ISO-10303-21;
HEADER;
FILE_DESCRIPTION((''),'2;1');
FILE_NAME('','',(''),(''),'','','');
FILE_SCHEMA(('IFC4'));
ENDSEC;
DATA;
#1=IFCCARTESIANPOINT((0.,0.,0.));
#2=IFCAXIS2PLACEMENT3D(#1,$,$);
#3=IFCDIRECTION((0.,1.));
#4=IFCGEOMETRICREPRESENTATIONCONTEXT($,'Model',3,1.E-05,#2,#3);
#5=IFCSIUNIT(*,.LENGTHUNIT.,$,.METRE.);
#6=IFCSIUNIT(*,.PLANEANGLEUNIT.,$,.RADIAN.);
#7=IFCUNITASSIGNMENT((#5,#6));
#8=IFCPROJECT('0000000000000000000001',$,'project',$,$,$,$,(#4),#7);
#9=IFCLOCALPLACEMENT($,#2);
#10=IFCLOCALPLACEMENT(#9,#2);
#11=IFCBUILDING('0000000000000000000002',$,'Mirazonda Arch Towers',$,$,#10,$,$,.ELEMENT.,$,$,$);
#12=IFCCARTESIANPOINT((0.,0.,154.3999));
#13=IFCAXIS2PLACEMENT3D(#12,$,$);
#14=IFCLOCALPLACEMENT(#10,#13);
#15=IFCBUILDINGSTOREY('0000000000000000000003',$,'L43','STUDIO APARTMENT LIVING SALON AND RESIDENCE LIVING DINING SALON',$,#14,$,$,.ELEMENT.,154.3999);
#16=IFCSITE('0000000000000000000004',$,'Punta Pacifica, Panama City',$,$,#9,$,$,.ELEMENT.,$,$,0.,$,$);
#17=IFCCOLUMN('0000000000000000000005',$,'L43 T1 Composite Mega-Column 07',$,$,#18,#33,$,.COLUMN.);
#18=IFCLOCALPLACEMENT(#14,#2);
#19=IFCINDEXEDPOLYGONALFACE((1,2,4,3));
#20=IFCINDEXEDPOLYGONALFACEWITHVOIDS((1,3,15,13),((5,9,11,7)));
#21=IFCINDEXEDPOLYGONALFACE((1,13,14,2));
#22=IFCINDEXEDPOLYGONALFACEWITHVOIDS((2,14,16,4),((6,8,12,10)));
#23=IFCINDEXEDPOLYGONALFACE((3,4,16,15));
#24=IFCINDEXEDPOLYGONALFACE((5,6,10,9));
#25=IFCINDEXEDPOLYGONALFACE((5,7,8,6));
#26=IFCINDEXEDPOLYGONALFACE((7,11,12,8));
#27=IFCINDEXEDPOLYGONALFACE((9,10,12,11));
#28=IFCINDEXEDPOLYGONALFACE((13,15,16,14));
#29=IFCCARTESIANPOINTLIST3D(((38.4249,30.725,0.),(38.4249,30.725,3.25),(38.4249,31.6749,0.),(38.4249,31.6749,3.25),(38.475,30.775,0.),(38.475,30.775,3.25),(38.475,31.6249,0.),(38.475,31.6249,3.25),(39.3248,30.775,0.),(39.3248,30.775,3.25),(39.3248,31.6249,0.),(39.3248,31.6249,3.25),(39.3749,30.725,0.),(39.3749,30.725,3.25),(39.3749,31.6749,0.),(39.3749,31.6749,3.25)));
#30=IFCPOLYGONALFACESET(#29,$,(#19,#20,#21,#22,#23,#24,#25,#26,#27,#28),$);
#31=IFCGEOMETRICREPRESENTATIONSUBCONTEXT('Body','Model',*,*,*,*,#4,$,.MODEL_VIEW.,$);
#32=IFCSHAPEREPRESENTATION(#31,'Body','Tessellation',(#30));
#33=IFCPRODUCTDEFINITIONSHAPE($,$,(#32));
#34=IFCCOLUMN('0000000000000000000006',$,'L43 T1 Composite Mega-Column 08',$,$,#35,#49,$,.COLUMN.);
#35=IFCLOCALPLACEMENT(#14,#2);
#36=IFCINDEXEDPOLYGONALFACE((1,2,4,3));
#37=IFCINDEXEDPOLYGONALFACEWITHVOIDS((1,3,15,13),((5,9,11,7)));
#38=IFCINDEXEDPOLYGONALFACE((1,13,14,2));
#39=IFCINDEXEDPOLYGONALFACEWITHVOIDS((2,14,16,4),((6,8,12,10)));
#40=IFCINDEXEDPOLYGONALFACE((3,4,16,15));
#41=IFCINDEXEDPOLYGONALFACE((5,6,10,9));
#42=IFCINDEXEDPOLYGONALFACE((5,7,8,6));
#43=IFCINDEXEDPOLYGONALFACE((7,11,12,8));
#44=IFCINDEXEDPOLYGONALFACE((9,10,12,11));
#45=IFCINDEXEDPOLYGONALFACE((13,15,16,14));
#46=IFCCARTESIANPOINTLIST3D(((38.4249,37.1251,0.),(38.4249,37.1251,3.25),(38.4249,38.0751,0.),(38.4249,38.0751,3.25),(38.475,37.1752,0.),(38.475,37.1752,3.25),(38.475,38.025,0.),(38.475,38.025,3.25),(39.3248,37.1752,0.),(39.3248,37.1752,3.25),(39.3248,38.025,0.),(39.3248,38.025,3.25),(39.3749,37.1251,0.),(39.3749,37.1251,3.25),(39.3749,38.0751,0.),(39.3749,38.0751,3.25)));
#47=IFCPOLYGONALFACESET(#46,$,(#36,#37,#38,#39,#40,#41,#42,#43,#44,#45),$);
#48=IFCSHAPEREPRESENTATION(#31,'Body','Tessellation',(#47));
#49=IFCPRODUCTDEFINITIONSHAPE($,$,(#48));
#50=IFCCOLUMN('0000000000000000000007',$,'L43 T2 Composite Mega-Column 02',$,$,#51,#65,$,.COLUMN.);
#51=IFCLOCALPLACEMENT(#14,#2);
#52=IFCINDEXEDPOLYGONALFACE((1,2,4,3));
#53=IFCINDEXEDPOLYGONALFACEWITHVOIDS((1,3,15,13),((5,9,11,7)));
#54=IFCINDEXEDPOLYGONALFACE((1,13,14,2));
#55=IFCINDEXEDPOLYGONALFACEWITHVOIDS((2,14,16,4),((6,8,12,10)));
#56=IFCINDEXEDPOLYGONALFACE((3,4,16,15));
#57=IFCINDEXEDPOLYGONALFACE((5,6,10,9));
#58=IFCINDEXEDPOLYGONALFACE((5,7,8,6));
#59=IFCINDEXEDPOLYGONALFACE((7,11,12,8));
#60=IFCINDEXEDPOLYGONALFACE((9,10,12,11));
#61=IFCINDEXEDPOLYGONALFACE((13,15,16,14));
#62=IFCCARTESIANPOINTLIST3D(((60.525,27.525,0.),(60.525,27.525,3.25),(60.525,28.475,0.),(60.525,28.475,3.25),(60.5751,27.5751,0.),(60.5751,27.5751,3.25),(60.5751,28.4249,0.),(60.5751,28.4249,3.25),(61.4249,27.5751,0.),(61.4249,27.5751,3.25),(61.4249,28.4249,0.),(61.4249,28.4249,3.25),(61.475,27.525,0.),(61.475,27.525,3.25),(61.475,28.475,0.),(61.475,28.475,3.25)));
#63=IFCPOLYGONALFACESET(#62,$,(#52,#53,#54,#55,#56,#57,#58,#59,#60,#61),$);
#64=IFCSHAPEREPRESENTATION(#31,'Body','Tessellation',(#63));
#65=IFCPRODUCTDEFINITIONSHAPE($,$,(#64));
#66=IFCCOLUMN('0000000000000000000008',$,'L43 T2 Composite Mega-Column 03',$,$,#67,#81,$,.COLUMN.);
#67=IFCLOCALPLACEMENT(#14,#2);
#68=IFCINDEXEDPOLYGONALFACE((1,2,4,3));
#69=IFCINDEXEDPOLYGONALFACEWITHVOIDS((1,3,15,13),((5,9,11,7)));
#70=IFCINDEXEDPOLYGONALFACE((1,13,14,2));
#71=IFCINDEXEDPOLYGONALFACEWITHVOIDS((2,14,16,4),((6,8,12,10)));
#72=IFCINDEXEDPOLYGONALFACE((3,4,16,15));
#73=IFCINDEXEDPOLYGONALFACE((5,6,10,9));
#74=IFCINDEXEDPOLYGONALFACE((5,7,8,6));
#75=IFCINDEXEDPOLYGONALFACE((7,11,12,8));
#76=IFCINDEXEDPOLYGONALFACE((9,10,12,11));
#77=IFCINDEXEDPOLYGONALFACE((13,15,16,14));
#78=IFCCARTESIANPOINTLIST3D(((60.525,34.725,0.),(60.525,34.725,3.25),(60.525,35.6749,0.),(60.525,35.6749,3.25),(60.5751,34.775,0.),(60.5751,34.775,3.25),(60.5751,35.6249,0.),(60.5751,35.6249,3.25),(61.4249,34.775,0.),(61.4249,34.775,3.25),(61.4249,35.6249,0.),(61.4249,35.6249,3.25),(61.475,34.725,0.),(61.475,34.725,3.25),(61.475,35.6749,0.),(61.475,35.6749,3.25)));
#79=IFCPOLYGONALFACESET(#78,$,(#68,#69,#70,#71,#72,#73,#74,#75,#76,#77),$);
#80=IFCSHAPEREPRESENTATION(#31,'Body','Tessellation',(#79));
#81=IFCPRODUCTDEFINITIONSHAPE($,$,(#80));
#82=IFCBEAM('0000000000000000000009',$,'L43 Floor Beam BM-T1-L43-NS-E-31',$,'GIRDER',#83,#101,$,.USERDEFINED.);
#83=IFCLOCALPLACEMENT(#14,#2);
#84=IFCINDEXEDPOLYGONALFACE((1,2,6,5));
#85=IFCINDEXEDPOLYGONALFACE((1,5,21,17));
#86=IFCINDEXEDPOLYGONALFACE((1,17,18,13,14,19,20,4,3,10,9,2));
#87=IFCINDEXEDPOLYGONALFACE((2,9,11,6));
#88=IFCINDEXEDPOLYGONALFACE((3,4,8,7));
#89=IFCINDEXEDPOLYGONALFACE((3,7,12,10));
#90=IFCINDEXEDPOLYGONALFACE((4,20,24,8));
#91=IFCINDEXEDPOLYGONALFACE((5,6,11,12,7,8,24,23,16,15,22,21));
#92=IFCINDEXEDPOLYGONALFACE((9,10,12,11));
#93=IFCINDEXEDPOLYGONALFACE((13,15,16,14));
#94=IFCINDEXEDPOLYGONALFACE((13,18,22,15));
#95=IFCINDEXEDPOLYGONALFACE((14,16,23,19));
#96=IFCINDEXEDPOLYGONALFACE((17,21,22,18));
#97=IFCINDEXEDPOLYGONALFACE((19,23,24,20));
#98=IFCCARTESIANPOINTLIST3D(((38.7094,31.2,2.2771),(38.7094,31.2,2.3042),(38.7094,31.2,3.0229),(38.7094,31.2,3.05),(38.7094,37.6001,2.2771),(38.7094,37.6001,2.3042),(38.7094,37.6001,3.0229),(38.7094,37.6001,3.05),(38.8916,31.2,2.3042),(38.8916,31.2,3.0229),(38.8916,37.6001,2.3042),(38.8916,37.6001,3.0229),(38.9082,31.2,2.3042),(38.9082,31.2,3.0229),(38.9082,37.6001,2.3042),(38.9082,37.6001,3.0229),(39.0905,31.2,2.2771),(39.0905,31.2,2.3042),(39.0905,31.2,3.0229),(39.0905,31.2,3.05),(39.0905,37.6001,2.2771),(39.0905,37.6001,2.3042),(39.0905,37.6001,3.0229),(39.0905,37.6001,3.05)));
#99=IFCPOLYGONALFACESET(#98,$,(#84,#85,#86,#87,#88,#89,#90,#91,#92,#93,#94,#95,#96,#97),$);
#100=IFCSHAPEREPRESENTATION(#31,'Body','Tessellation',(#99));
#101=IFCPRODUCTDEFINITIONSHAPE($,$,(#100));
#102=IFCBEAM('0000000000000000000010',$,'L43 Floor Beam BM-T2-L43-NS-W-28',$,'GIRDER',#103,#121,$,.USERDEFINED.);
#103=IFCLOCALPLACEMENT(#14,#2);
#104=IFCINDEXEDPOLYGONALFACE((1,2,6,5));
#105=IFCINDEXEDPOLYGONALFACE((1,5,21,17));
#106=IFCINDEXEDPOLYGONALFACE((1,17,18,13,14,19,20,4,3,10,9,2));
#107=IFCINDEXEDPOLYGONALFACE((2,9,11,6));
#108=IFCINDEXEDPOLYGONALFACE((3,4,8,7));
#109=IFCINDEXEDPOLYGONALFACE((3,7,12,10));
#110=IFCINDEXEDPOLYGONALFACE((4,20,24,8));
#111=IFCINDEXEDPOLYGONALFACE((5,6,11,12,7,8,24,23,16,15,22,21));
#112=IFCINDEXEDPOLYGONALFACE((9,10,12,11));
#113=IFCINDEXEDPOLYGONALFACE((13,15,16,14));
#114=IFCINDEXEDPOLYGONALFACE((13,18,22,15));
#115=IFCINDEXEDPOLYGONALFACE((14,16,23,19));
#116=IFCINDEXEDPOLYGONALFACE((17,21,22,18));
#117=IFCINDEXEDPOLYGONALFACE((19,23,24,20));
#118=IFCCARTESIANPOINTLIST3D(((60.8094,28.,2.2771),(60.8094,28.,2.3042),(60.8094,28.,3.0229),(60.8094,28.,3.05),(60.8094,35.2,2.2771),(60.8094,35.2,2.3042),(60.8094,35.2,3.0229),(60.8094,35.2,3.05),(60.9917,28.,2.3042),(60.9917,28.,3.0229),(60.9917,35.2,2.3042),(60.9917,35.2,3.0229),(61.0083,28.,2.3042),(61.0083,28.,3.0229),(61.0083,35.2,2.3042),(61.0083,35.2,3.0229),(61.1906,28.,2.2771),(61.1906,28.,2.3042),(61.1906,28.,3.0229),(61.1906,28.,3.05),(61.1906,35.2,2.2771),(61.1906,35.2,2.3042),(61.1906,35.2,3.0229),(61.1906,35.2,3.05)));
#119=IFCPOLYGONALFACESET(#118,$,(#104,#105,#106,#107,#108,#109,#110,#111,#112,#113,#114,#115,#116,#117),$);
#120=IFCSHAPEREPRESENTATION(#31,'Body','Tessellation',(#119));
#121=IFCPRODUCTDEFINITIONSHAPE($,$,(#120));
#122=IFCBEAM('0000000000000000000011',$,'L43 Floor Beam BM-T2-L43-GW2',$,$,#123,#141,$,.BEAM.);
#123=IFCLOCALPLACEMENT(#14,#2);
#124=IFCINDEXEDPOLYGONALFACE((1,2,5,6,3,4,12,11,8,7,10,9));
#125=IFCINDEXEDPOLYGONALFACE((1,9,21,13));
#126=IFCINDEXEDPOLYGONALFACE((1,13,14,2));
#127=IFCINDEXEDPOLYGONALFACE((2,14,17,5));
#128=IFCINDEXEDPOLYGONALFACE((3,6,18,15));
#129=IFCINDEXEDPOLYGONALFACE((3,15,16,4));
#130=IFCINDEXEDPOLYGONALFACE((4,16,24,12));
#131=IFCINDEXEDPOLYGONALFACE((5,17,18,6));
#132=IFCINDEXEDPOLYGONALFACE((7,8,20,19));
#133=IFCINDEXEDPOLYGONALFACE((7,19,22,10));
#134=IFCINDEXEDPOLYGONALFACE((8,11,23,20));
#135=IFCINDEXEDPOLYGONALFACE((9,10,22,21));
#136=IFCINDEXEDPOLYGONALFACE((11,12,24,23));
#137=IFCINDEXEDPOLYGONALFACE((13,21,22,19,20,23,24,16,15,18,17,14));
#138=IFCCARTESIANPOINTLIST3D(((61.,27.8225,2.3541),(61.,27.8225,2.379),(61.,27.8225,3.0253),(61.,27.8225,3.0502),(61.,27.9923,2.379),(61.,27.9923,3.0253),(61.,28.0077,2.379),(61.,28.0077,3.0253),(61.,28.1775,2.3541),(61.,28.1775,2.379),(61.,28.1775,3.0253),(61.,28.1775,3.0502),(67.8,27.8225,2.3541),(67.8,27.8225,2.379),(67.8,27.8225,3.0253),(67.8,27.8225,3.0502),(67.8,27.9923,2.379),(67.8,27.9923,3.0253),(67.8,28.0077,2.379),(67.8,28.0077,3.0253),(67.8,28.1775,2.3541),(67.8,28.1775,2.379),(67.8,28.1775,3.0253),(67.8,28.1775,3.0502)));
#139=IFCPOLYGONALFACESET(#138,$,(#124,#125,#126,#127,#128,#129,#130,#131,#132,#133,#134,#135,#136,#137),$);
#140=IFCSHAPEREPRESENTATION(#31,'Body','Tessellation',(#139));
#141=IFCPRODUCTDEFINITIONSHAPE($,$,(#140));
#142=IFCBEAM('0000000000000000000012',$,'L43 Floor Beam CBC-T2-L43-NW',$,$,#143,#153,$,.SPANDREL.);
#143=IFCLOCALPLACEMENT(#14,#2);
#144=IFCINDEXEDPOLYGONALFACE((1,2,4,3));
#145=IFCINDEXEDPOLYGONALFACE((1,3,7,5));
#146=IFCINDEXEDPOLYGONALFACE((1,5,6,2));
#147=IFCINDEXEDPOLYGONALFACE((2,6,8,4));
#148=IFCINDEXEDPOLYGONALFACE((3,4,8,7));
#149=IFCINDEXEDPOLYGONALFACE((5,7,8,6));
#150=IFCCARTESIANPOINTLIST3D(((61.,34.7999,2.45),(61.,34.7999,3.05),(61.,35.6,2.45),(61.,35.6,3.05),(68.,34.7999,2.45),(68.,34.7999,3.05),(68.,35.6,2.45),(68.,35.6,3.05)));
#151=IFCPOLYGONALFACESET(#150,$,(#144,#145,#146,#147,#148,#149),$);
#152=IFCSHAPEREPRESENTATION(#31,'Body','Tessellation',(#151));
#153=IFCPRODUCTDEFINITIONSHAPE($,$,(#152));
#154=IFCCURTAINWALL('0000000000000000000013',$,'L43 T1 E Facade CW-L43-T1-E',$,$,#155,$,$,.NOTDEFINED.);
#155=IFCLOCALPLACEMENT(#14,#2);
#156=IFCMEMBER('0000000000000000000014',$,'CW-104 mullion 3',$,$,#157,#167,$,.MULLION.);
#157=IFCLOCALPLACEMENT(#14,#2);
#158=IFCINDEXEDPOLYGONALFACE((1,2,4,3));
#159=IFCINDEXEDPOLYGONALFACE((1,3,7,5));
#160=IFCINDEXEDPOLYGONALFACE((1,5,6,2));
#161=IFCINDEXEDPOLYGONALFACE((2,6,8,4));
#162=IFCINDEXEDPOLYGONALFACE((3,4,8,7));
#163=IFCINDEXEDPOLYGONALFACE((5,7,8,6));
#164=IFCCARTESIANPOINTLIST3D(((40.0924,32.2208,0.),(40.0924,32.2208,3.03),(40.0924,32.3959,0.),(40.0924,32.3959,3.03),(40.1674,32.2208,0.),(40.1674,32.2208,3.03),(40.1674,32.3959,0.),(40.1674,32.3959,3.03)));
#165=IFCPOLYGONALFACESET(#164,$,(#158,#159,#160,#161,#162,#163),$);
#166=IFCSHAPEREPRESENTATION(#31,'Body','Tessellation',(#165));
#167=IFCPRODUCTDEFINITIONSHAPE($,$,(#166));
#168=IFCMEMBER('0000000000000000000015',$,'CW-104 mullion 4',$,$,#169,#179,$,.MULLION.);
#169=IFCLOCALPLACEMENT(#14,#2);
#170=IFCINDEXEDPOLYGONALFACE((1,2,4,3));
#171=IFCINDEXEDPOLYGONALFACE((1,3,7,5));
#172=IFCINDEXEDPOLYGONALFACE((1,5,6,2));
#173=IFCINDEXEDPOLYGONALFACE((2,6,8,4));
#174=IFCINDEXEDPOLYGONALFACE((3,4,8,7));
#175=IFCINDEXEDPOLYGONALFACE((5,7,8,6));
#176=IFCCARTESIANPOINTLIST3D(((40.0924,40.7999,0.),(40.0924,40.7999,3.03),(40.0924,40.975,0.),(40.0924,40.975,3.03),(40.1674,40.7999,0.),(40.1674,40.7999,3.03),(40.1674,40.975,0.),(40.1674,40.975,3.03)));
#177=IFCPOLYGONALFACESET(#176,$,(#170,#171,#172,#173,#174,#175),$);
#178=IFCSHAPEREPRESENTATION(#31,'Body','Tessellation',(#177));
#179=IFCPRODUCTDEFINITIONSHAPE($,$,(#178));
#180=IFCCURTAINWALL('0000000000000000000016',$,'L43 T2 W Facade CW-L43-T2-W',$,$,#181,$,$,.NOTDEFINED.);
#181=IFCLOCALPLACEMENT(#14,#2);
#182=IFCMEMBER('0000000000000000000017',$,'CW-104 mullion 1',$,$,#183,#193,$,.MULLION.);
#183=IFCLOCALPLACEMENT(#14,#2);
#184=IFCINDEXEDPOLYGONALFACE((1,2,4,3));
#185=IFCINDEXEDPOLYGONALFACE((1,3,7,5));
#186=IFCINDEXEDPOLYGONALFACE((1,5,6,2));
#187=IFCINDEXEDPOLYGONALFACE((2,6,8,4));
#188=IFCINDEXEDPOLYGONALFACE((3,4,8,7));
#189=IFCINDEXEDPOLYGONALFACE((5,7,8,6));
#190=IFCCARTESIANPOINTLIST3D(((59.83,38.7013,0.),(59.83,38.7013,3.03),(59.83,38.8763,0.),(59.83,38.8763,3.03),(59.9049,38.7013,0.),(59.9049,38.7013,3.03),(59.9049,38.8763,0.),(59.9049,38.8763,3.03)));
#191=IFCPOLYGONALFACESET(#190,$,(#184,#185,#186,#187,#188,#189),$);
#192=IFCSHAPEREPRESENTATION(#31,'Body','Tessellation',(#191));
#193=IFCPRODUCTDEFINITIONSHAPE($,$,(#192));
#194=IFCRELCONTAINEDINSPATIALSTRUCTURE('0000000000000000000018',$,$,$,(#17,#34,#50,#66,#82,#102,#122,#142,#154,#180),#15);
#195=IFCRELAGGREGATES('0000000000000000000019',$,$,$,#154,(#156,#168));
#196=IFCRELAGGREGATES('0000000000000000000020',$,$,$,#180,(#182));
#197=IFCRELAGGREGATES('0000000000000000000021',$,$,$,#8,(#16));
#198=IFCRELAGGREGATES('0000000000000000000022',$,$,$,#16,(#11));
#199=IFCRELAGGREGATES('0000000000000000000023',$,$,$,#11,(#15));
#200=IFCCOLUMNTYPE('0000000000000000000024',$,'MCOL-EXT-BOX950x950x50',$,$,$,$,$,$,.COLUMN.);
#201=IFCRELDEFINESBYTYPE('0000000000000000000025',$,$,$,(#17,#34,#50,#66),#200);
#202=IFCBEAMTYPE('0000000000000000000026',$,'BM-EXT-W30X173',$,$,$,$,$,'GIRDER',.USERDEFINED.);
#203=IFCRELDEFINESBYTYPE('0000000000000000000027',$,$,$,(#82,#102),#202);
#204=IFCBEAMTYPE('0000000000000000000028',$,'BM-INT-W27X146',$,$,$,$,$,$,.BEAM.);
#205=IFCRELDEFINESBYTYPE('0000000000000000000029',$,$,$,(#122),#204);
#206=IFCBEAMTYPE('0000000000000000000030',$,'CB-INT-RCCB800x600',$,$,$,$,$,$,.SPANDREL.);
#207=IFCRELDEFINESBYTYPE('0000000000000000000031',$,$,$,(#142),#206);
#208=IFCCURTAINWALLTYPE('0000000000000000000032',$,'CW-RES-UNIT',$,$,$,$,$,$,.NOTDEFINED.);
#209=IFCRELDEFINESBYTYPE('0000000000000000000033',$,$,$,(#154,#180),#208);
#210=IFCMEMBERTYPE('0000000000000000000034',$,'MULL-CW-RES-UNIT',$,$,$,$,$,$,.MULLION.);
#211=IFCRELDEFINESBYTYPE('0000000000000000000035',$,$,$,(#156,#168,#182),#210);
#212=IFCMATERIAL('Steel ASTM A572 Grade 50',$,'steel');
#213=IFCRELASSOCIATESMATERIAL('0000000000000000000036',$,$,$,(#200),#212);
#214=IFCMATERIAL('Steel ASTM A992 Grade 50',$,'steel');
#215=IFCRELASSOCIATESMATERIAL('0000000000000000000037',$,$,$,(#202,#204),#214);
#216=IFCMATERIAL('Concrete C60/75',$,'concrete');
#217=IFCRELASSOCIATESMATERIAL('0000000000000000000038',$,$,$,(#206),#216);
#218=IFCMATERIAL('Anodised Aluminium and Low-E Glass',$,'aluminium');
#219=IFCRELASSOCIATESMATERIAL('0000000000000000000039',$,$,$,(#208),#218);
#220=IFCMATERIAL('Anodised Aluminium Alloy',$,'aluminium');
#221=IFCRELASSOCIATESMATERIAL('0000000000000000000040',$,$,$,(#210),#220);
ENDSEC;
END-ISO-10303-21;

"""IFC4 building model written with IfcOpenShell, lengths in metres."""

from ifc_helpers import new_model, si_unit, direction, frame, origin, origin_2d, place, context, subcontext, project, spatial, rectangle, hollow_rectangle, i_section, extrude, material, material_profile, profile_set, type_object, element, aggregate, save


model = new_model("IFC4")

# Units and contexts
model_context = context("Model", 3, precision=1e-05, world=origin(), true_north=direction((0.0, 1.0)))
body_context = subcontext(model_context, "Body", "Model", "MODEL_VIEW")
ifc_project = project(units=[si_unit("LENGTHUNIT", "METRE"), si_unit("PLANEANGLEUNIT", "RADIAN")], contexts=[model_context])

# Site, building, storey
site_placement = place(None, origin())
site = spatial("IfcSite", under=ifc_project, at=site_placement, Name="Punta Pacifica, Panama City", CompositionType="ELEMENT", RefElevation=0.0)
building_placement = place(site_placement, origin())
building = spatial("IfcBuilding", under=site, at=building_placement, Name="Mirazonda Arch Towers", CompositionType="ELEMENT")
storey_placement = place(building_placement, frame((0.0, 0.0, 154.3999)))
storey = spatial("IfcBuildingStorey", under=building, at=storey_placement, Name="L43", Description="STUDIO APARTMENT LIVING SALON AND RESIDENCE LIVING DINING SALON", CompositionType="ELEMENT", Elevation=154.3999)

# Columns
ifc_material_1 = material(Name="Steel ASTM A572 Grade 50", Category="steel")
ifc_material_profile_1 = material_profile(ifc_material_1, hollow_rectangle(XDim=0.95, YDim=0.95, WallThickness=0.05, at=origin_2d()), Name="BOX950x950x50")
ifc_profile_set_1 = profile_set([ifc_material_profile_1], Name="Steel ASTM A572 Grade 50")
column_type = type_object("IfcColumnType", Name="MCOL-EXT-BOX950x950x50", PredefinedType="COLUMN", material=ifc_profile_set_1)
for number, where, z_axis, x_axis, name in (
    (1, (38.8999, 31.2, 0.0), (0.0, 0.0, 1.0), (1.0, 0.0, 0.0), "L43 T1 Composite Mega-Column 07"),
    (2, (38.8999, 37.6001, 0.0), (0.0, 0.0, 1.0), (1.0, 0.0, 0.0), "L43 T1 Composite Mega-Column 08"),
    (3, (61.0, 28.0, 0.0), (0.0, 0.0, 1.0), (1.0, 0.0, 0.0), "L43 T2 Composite Mega-Column 02"),
    (4, (61.0, 35.2, 0.0), (0.0, 0.0, 1.0), (1.0, 0.0, 0.0), "L43 T2 Composite Mega-Column 03"),
):
    element("IfcColumn", number, at=place(storey_placement, frame(where, z_axis=z_axis, x_axis=x_axis)), inside=storey, type_object=column_type, Name=name, PredefinedType="COLUMN", context=body_context, shape_type="SweptSolid", body=[
        extrude(hollow_rectangle(XDim=0.95, YDim=0.95, WallThickness=0.05, at=origin_2d()), origin(), (0.0, 0.0, 1.0), 3.25),
    ])

# Beams
ifc_material_2 = material(Name="Steel ASTM A992 Grade 50", Category="steel")
ifc_material_profile_2 = material_profile(ifc_material_2, i_section(OverallWidth=0.3811, OverallDepth=0.7729, WebThickness=0.0166, FlangeThickness=0.0271, at=origin_2d()), Name="W30X173")
ifc_profile_set_2 = profile_set([ifc_material_profile_2], Name="Steel ASTM A992 Grade 50")
beam_type_1 = type_object("IfcBeamType", Name="BM-EXT-W30X173", ElementType="GIRDER", PredefinedType="USERDEFINED", material=ifc_profile_set_2)
beam_1_placement = place(storey_placement, frame((38.8999, 31.2, 2.6636), z_axis=(0.0, 1.0, 0.0), x_axis=(-1.0, 0.0, 0.0)))
element("IfcBeam", 5, at=beam_1_placement, inside=storey, type_object=beam_type_1, Name="L43 Floor Beam BM-T1-L43-NS-E-31", ObjectType="GIRDER", PredefinedType="USERDEFINED", context=body_context, shape_type="SweptSolid", body=[
    extrude(i_section(OverallWidth=0.3811, OverallDepth=0.7729, WebThickness=0.0166, FlangeThickness=0.0271, at=origin_2d()), origin(), (0.0, 0.0, 1.0), 6.4001),
])
beam_2_placement = place(storey_placement, frame((61.0, 28.0, 2.6636), z_axis=(0.0, 1.0, 0.0), x_axis=(-1.0, 0.0, 0.0)))
element("IfcBeam", 6, at=beam_2_placement, inside=storey, type_object=beam_type_1, Name="L43 Floor Beam BM-T2-L43-NS-W-28", ObjectType="GIRDER", PredefinedType="USERDEFINED", context=body_context, shape_type="SweptSolid", body=[
    extrude(i_section(OverallWidth=0.3811, OverallDepth=0.7729, WebThickness=0.0166, FlangeThickness=0.0271, at=origin_2d()), origin(), (0.0, 0.0, 1.0), 7.2),
])
ifc_material_profile_3 = material_profile(ifc_material_2, i_section(OverallWidth=0.355, OverallDepth=0.696, WebThickness=0.0154, FlangeThickness=0.0249, at=origin_2d()), Name="W27X146")
ifc_profile_set_3 = profile_set([ifc_material_profile_3], Name="Steel ASTM A992 Grade 50")
beam_type_2 = type_object("IfcBeamType", Name="BM-INT-W27X146", PredefinedType="BEAM", material=ifc_profile_set_3)
beam_3_placement = place(storey_placement, frame((61.0, 28.0, 2.7021), z_axis=(1.0, 0.0, 0.0), x_axis=(0.0, 1.0, 0.0)))
element("IfcBeam", 7, at=beam_3_placement, inside=storey, type_object=beam_type_2, Name="L43 Floor Beam BM-T2-L43-GW2", PredefinedType="BEAM", context=body_context, shape_type="SweptSolid", body=[
    extrude(i_section(OverallWidth=0.355, OverallDepth=0.696, WebThickness=0.0154, FlangeThickness=0.0249, at=origin_2d()), origin(), (0.0, 0.0, 1.0), 6.8),
])
ifc_material_3 = material(Name="Concrete C60/75", Category="concrete")
ifc_material_profile_4 = material_profile(ifc_material_3, rectangle(XDim=0.8, YDim=0.6001, at=origin_2d()), Name="RCCB800x600")
ifc_profile_set_4 = profile_set([ifc_material_profile_4], Name="Concrete C60/75")
beam_type_3 = type_object("IfcBeamType", Name="CB-INT-RCCB800x600", PredefinedType="SPANDREL", material=ifc_profile_set_4)
beam_4_placement = place(storey_placement, frame((61.0, 35.2, 2.75), z_axis=(1.0, 0.0, 0.0), x_axis=(0.0, 1.0, 0.0)))
element("IfcBeam", 8, at=beam_4_placement, inside=storey, type_object=beam_type_3, Name="L43 Floor Beam CBC-T2-L43-NW", PredefinedType="SPANDREL", context=body_context, shape_type="SweptSolid", body=[
    extrude(rectangle(XDim=0.8, YDim=0.6001, at=origin_2d()), origin(), (0.0, 0.0, 1.0), 7.0),
])

# Curtain walls, members
ifc_material_4 = material(Name="Anodised Aluminium and Low-E Glass", Category="aluminium")
curtain_wall_type = type_object("IfcCurtainWallType", Name="CW-RES-UNIT", PredefinedType="NOTDEFINED", material=ifc_material_4)
curtain_wall_1_placement = place(storey_placement, origin())
curtain_wall_1 = element("IfcCurtainWall", 9, at=curtain_wall_1_placement, inside=storey, type_object=curtain_wall_type, Name="L43 T1 E Facade CW-L43-T1-E", PredefinedType="NOTDEFINED")
ifc_material_5 = material(Name="Anodised Aluminium Alloy", Category="aluminium")
ifc_material_profile_5 = material_profile(ifc_material_5, rectangle(XDim=0.075, YDim=0.175, at=origin_2d()), Name="ALU-MULL-75x175")
ifc_profile_set_5 = profile_set([ifc_material_profile_5], Name="Anodised Aluminium Alloy")
member_type_1 = type_object("IfcMemberType", Name="MULL-CW-RES-UNIT", PredefinedType="MULLION", material=ifc_profile_set_5)
member_1_placement = place(storey_placement, frame((40.1299, 32.3083, 0.0), z_axis=(0.0, 0.0, 1.0), x_axis=(-1.0, 0.0, 0.0)))
member_1 = element("IfcMember", 10, at=member_1_placement, type_object=member_type_1, Name="CW-104 mullion 3", PredefinedType="MULLION", context=body_context, shape_type="SweptSolid", body=[
    extrude(rectangle(XDim=0.075, YDim=0.175, at=origin_2d()), origin(), (0.0, 0.0, 1.0), 3.03),
])
member_2_placement = place(storey_placement, frame((40.1299, 40.8875, 0.0), z_axis=(0.0, 0.0, 1.0), x_axis=(-1.0, 0.0, 0.0)))
member_2 = element("IfcMember", 11, at=member_2_placement, type_object=member_type_1, Name="CW-104 mullion 4", PredefinedType="MULLION", context=body_context, shape_type="SweptSolid", body=[
    extrude(rectangle(XDim=0.075, YDim=0.175, at=origin_2d()), origin(), (0.0, 0.0, 1.0), 3.03),
])
curtain_wall_2_placement = place(storey_placement, origin())
curtain_wall_2 = element("IfcCurtainWall", 12, at=curtain_wall_2_placement, inside=storey, type_object=curtain_wall_type, Name="L43 T2 W Facade CW-L43-T2-W", PredefinedType="NOTDEFINED")
member_3_placement = place(storey_placement, frame((59.8674, 38.7888, 0.0), z_axis=(0.0, 0.0, 1.0), x_axis=(1.0, 0.0, 0.0)))
member_3 = element("IfcMember", 13, at=member_3_placement, type_object=member_type_1, Name="CW-104 mullion 1", PredefinedType="MULLION", context=body_context, shape_type="SweptSolid", body=[
    extrude(rectangle(XDim=0.075, YDim=0.175, at=origin_2d()), origin(), (0.0, 0.0, 1.0), 3.03),
])

aggregate(curtain_wall_1, [member_1, member_2])
aggregate(curtain_wall_2, [member_3])

save(model, "model.ifc")
